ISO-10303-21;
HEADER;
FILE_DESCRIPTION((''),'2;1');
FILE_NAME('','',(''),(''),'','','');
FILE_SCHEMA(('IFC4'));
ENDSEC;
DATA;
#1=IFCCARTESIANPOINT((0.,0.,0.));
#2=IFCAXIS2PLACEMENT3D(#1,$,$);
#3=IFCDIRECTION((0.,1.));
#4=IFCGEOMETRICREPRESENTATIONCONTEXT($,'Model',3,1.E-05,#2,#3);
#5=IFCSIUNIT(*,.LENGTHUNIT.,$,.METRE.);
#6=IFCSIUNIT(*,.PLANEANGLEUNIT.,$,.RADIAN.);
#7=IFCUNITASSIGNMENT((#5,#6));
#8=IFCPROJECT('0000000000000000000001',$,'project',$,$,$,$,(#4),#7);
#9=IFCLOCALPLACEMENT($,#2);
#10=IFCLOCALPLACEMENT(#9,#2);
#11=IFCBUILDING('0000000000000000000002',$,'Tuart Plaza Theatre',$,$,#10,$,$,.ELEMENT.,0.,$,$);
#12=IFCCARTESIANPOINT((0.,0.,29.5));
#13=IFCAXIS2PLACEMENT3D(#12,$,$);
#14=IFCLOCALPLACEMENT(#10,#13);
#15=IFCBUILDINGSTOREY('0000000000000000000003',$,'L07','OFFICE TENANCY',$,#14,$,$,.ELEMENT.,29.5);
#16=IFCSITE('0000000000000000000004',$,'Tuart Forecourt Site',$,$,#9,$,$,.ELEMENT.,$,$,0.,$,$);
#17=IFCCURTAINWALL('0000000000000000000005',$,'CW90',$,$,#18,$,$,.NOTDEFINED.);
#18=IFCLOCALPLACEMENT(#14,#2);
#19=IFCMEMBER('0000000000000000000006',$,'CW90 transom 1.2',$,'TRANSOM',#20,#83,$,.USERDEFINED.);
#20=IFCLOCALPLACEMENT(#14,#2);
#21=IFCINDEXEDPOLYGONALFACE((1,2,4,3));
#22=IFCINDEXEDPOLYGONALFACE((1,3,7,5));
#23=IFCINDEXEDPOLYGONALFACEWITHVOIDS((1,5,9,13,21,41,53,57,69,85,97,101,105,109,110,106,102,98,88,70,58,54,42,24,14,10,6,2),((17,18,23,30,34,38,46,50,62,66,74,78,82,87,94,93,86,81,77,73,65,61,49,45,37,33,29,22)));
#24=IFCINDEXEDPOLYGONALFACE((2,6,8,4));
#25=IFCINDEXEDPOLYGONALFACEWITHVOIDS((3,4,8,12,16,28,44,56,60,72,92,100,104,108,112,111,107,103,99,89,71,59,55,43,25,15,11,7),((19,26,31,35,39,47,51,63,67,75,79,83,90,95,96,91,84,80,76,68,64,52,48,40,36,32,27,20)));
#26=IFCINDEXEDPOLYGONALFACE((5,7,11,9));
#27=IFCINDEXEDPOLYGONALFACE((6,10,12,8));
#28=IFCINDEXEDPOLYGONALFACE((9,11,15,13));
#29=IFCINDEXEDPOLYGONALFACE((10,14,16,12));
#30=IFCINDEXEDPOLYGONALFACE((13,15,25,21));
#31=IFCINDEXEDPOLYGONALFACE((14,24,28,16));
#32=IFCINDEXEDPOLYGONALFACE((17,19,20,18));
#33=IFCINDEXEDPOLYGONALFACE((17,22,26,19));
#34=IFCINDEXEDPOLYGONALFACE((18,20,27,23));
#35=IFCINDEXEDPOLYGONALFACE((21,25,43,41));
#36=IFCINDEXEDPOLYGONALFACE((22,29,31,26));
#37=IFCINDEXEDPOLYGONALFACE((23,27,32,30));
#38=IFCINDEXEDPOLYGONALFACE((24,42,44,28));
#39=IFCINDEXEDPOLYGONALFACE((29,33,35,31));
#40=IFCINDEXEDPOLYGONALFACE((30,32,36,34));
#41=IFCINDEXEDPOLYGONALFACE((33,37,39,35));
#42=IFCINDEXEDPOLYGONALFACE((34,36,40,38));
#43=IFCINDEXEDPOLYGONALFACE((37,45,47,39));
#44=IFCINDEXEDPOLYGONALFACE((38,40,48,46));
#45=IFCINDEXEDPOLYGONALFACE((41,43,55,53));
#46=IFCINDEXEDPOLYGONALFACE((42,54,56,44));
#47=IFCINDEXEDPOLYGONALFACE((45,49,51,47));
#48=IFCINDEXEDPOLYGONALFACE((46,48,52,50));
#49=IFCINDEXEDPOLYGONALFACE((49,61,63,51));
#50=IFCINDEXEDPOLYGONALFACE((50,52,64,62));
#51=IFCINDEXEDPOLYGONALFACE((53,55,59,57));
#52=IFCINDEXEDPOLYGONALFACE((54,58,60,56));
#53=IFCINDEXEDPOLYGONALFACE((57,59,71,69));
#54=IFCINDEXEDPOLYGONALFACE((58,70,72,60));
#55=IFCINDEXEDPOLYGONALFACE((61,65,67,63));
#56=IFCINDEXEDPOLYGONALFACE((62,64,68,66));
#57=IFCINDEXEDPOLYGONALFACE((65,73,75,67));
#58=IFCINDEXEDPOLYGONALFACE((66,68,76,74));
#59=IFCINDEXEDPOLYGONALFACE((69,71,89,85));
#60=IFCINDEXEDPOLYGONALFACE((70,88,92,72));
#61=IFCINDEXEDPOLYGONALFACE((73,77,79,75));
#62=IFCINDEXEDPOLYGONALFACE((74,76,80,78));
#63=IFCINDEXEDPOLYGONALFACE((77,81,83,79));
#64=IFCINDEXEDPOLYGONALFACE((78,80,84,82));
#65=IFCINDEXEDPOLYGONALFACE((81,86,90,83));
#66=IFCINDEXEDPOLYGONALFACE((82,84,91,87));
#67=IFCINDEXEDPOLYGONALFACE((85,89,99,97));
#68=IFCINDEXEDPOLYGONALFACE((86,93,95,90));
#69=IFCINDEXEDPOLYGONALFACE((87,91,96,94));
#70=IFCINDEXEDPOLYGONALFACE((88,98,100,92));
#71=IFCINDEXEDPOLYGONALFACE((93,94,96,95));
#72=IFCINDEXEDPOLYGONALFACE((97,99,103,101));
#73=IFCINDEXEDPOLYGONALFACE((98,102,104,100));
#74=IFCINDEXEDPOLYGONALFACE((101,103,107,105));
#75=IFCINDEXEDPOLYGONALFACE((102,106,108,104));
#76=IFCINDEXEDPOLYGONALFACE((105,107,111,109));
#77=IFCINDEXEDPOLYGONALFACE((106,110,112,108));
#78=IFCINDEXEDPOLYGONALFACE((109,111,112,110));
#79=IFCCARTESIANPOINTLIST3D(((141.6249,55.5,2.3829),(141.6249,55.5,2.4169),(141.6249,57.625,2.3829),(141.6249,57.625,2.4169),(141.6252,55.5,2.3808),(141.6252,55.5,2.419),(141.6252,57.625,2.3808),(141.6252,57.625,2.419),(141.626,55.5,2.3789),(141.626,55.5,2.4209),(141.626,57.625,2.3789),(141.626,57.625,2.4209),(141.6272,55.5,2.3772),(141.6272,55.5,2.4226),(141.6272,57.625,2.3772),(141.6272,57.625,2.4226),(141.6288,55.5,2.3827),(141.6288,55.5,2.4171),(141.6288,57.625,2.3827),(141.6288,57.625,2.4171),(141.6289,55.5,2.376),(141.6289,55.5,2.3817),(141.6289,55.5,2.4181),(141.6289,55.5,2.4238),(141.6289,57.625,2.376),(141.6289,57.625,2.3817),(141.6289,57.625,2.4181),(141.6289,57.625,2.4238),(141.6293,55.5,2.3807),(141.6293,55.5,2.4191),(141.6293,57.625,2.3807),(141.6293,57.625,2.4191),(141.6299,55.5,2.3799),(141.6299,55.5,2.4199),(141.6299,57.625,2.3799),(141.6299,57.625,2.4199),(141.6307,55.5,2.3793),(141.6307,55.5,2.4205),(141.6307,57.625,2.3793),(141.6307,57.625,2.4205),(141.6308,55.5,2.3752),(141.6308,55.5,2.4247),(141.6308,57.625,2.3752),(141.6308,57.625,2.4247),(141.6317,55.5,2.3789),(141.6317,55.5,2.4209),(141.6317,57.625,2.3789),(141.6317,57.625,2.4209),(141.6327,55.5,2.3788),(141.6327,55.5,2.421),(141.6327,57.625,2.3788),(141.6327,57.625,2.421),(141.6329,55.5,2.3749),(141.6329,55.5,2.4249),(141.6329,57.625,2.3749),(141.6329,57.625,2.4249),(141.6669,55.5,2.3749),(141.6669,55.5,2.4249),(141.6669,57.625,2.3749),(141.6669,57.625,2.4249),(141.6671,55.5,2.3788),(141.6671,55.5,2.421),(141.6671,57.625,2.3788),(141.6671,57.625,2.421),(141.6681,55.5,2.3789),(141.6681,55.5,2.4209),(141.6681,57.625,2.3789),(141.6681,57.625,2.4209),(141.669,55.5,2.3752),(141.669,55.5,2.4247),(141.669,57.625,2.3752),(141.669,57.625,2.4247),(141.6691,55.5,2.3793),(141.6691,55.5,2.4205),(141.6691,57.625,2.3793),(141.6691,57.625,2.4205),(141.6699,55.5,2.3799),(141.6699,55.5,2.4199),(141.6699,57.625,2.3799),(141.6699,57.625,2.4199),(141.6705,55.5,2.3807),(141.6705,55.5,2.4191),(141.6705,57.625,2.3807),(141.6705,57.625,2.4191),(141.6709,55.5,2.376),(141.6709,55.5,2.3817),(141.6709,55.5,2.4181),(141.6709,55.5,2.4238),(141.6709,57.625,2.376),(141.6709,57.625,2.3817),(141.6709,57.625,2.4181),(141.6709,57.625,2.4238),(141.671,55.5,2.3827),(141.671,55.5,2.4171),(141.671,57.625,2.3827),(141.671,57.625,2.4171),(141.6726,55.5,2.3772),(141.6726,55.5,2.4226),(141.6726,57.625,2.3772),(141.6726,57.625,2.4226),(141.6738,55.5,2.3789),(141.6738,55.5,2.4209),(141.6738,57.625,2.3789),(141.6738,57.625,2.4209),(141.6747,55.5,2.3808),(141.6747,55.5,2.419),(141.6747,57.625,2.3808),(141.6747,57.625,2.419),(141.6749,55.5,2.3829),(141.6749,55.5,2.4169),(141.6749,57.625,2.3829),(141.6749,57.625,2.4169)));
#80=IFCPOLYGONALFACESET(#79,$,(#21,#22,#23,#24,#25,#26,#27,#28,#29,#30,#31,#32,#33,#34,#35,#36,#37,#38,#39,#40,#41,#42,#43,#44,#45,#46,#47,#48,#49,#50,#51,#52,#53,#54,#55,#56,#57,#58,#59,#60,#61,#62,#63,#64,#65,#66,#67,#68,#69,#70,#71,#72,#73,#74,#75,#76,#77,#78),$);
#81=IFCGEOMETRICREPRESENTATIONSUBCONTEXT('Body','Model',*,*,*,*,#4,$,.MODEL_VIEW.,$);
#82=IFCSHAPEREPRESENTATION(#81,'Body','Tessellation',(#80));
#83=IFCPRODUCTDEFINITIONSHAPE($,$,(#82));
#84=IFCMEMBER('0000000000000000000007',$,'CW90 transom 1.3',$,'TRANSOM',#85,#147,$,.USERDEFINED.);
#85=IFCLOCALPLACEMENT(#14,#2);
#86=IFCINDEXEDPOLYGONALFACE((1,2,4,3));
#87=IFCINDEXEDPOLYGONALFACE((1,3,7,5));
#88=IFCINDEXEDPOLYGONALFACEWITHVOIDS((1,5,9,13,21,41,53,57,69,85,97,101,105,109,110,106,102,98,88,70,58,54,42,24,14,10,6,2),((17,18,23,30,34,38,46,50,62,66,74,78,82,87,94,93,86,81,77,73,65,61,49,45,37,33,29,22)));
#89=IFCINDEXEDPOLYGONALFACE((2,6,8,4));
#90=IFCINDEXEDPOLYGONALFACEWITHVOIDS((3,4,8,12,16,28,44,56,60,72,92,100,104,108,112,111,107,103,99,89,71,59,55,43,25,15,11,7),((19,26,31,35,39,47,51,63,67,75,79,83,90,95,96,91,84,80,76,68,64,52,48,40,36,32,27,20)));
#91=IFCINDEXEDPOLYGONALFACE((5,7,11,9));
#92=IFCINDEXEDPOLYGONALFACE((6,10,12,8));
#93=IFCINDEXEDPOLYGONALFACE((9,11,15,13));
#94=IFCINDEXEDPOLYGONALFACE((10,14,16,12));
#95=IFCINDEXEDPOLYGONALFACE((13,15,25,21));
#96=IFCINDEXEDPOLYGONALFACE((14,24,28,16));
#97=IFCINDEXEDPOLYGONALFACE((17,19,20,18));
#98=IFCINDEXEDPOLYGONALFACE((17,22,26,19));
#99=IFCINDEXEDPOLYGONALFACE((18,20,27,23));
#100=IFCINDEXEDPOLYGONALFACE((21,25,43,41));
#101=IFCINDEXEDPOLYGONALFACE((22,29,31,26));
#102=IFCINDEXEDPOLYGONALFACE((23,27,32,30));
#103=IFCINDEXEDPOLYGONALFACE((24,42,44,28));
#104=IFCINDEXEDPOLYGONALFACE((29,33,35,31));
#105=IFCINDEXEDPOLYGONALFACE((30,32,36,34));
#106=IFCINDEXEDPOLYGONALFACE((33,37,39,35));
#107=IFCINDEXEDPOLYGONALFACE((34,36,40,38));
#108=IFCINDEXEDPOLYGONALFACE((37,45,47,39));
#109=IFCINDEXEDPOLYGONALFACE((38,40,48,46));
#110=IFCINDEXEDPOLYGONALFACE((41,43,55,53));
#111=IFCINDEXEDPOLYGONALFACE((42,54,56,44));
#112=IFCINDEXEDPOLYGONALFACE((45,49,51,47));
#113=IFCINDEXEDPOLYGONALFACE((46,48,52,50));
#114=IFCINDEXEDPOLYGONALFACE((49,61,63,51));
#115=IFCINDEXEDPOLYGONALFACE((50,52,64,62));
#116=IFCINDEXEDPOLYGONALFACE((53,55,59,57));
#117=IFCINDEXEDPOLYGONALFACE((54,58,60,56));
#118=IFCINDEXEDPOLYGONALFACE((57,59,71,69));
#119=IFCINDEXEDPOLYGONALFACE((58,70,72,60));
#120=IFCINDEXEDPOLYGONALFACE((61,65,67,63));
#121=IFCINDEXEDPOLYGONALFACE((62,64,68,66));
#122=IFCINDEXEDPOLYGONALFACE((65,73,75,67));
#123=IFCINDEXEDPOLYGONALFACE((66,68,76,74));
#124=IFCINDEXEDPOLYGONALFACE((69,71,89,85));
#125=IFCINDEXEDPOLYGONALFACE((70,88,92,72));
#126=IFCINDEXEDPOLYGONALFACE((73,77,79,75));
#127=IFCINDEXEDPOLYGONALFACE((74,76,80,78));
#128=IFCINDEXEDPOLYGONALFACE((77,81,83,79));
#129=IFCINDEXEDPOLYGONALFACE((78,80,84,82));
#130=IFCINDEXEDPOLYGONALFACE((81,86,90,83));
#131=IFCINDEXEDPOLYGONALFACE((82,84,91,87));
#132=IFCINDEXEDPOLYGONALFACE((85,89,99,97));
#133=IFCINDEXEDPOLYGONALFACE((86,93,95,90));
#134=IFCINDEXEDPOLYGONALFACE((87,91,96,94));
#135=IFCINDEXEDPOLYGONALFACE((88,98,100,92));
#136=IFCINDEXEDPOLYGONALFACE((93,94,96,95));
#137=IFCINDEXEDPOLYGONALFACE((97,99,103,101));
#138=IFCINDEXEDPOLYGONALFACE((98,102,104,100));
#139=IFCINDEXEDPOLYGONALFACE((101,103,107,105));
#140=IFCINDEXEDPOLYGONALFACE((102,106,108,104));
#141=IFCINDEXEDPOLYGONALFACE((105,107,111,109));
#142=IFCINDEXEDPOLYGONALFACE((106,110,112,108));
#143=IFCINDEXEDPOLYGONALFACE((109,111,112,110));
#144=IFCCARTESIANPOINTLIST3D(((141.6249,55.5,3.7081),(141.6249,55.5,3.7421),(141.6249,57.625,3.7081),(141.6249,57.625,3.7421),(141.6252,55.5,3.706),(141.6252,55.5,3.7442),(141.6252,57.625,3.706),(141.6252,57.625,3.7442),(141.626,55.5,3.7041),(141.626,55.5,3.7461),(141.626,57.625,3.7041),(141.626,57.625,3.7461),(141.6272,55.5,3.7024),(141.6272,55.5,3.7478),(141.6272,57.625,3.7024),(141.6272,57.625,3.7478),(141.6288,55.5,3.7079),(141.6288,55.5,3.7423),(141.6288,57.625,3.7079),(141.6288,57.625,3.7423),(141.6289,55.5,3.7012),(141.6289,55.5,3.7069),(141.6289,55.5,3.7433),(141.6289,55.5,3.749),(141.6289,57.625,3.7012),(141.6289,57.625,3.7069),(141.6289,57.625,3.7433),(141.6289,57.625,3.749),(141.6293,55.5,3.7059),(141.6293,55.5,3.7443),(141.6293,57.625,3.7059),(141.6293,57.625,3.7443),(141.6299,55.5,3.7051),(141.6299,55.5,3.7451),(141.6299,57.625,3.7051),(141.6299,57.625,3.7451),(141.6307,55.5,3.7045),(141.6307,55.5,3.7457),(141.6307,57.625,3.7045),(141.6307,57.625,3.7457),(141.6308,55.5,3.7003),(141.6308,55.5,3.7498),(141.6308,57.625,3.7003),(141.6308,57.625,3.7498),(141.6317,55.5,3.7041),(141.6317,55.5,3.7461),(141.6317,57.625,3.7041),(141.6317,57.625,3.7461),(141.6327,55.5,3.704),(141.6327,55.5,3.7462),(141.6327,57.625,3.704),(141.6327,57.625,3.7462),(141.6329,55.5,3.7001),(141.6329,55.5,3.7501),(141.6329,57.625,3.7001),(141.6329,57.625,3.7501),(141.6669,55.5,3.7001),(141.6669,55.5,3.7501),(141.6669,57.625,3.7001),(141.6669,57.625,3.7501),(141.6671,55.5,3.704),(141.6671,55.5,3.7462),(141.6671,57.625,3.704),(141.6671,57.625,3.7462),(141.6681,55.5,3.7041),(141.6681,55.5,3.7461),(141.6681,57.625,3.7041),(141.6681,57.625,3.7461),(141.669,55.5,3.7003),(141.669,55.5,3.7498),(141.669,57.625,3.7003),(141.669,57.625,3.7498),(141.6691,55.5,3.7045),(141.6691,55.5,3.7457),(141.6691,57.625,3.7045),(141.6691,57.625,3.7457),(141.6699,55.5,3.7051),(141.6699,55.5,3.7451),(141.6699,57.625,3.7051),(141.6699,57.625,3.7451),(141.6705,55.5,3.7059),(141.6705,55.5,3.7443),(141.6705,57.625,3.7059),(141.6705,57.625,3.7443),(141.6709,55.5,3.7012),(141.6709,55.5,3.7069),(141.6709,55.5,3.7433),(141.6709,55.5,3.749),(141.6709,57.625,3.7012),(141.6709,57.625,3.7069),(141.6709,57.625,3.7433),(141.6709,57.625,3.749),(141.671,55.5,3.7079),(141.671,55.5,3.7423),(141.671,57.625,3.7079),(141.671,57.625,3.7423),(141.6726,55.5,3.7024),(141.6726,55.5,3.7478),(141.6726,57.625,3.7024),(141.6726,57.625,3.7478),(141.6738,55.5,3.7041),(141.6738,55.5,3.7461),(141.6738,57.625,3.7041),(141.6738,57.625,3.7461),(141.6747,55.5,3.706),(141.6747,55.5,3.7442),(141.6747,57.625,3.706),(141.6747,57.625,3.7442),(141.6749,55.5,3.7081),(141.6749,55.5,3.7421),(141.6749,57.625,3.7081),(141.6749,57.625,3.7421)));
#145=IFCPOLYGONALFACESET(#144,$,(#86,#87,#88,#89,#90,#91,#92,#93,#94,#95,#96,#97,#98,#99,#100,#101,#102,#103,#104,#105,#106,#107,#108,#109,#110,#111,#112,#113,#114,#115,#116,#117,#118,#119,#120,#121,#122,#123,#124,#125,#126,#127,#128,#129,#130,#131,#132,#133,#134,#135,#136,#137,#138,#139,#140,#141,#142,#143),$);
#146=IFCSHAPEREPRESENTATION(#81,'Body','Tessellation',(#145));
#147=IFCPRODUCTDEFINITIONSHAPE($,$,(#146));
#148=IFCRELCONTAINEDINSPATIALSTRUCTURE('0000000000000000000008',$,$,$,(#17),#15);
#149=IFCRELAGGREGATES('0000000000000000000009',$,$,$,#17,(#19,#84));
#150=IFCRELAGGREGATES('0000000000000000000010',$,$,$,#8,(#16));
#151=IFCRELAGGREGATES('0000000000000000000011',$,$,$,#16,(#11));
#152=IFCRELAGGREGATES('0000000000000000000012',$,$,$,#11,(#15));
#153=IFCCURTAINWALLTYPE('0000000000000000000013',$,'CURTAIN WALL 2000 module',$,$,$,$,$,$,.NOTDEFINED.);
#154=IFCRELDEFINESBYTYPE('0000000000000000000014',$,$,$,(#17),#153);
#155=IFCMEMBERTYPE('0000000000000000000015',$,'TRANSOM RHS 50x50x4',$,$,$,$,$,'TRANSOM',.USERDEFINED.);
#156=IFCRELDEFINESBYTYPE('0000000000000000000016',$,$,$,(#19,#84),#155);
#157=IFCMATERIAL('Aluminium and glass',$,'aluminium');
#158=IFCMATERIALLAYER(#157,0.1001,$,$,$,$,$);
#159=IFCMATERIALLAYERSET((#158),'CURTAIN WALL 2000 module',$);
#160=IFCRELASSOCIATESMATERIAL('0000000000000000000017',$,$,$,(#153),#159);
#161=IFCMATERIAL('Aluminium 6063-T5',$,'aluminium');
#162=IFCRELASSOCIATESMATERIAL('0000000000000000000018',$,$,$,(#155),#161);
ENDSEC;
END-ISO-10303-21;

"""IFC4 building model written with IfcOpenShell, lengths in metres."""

from ifc_helpers import new_model, si_unit, direction, frame, origin, origin_2d, place, context, subcontext, project, spatial, hollow_rectangle, extrude, material, layer, layer_set, material_profile, profile_set, type_object, element, aggregate, save


model = new_model("IFC4")

# Units and contexts
model_context = context("Model", 3, precision=1e-05, world=origin(), true_north=direction((0.0, 1.0)))
body_context = subcontext(model_context, "Body", "Model", "MODEL_VIEW")
ifc_project = project(units=[si_unit("LENGTHUNIT", "METRE"), si_unit("PLANEANGLEUNIT", "RADIAN")], contexts=[model_context])

# Site, building, storey
site_placement = place(None, origin())
site = spatial("IfcSite", under=ifc_project, at=site_placement, Name="Tuart Forecourt Site", CompositionType="ELEMENT", RefElevation=0.0)
building_placement = place(site_placement, origin())
building = spatial("IfcBuilding", under=site, at=building_placement, Name="Tuart Plaza Theatre", CompositionType="ELEMENT", ElevationOfRefHeight=0.0)
storey_placement = place(building_placement, frame((0.0, 0.0, 29.5)))
storey = spatial("IfcBuildingStorey", under=building, at=storey_placement, Name="L07", Description="OFFICE TENANCY", CompositionType="ELEMENT", Elevation=29.5)

# Shared definitions
ifc_material_1 = material(Name="Aluminium and glass", Category="aluminium")
ifc_layer_1 = layer(ifc_material_1, 0.1001)
ifc_layer_set_1 = layer_set([ifc_layer_1], Name="CURTAIN WALL 2000 module")
curtain_wall_type = type_object("IfcCurtainWallType", Name="CURTAIN WALL 2000 module", PredefinedType="NOTDEFINED", material=ifc_layer_set_1)

# Curtain wall
curtain_wall_1_placement = place(storey_placement, origin())
curtain_wall_1 = element("IfcCurtainWall", 1, at=curtain_wall_1_placement, inside=storey, type_object=curtain_wall_type, Name="CW90", PredefinedType="NOTDEFINED")

# Members
ifc_material_2 = material(Name="Aluminium 6063-T5", Category="aluminium")
ifc_material_profile_1 = material_profile(ifc_material_2, hollow_rectangle(XDim=0.05, YDim=0.05, WallThickness=0.0039, InnerFilletRadius=0.0039, OuterFilletRadius=0.0081, at=origin_2d()), Name="RHS 50x50x4")
ifc_profile_set_1 = profile_set([ifc_material_profile_1], Name="Aluminium 6063-T5")
member_type_1 = type_object("IfcMemberType", Name="TRANSOM RHS 50x50x4", ElementType="TRANSOM", PredefinedType="USERDEFINED", material=ifc_profile_set_1)
member_1_placement = place(storey_placement, frame((141.6499, 55.5, 2.3999), z_axis=(0.0, 1.0, 0.0), x_axis=(-1.0, 0.0, 0.0)))
member_1 = element("IfcMember", 2, at=member_1_placement, type_object=member_type_1, Name="CW90 transom 1.2", ObjectType="TRANSOM", PredefinedType="USERDEFINED", context=body_context, shape_type="SweptSolid", body=[
    extrude(hollow_rectangle(XDim=0.05, YDim=0.05, WallThickness=0.0039, InnerFilletRadius=0.0039, OuterFilletRadius=0.0081, at=origin_2d()), origin(), (0.0, 0.0, 1.0), 2.125),
])
member_2_placement = place(storey_placement, frame((141.6499, 55.5, 3.7251), z_axis=(0.0, 1.0, 0.0), x_axis=(-1.0, 0.0, 0.0)))
member_2 = element("IfcMember", 3, at=member_2_placement, type_object=member_type_1, Name="CW90 transom 1.3", ObjectType="TRANSOM", PredefinedType="USERDEFINED", context=body_context, shape_type="SweptSolid", body=[
    extrude(hollow_rectangle(XDim=0.05, YDim=0.05, WallThickness=0.0039, InnerFilletRadius=0.0039, OuterFilletRadius=0.0081, at=origin_2d()), origin(), (0.0, 0.0, 1.0), 2.125),
])

aggregate(curtain_wall_1, [member_1, member_2])

save(model, "model.ifc")
